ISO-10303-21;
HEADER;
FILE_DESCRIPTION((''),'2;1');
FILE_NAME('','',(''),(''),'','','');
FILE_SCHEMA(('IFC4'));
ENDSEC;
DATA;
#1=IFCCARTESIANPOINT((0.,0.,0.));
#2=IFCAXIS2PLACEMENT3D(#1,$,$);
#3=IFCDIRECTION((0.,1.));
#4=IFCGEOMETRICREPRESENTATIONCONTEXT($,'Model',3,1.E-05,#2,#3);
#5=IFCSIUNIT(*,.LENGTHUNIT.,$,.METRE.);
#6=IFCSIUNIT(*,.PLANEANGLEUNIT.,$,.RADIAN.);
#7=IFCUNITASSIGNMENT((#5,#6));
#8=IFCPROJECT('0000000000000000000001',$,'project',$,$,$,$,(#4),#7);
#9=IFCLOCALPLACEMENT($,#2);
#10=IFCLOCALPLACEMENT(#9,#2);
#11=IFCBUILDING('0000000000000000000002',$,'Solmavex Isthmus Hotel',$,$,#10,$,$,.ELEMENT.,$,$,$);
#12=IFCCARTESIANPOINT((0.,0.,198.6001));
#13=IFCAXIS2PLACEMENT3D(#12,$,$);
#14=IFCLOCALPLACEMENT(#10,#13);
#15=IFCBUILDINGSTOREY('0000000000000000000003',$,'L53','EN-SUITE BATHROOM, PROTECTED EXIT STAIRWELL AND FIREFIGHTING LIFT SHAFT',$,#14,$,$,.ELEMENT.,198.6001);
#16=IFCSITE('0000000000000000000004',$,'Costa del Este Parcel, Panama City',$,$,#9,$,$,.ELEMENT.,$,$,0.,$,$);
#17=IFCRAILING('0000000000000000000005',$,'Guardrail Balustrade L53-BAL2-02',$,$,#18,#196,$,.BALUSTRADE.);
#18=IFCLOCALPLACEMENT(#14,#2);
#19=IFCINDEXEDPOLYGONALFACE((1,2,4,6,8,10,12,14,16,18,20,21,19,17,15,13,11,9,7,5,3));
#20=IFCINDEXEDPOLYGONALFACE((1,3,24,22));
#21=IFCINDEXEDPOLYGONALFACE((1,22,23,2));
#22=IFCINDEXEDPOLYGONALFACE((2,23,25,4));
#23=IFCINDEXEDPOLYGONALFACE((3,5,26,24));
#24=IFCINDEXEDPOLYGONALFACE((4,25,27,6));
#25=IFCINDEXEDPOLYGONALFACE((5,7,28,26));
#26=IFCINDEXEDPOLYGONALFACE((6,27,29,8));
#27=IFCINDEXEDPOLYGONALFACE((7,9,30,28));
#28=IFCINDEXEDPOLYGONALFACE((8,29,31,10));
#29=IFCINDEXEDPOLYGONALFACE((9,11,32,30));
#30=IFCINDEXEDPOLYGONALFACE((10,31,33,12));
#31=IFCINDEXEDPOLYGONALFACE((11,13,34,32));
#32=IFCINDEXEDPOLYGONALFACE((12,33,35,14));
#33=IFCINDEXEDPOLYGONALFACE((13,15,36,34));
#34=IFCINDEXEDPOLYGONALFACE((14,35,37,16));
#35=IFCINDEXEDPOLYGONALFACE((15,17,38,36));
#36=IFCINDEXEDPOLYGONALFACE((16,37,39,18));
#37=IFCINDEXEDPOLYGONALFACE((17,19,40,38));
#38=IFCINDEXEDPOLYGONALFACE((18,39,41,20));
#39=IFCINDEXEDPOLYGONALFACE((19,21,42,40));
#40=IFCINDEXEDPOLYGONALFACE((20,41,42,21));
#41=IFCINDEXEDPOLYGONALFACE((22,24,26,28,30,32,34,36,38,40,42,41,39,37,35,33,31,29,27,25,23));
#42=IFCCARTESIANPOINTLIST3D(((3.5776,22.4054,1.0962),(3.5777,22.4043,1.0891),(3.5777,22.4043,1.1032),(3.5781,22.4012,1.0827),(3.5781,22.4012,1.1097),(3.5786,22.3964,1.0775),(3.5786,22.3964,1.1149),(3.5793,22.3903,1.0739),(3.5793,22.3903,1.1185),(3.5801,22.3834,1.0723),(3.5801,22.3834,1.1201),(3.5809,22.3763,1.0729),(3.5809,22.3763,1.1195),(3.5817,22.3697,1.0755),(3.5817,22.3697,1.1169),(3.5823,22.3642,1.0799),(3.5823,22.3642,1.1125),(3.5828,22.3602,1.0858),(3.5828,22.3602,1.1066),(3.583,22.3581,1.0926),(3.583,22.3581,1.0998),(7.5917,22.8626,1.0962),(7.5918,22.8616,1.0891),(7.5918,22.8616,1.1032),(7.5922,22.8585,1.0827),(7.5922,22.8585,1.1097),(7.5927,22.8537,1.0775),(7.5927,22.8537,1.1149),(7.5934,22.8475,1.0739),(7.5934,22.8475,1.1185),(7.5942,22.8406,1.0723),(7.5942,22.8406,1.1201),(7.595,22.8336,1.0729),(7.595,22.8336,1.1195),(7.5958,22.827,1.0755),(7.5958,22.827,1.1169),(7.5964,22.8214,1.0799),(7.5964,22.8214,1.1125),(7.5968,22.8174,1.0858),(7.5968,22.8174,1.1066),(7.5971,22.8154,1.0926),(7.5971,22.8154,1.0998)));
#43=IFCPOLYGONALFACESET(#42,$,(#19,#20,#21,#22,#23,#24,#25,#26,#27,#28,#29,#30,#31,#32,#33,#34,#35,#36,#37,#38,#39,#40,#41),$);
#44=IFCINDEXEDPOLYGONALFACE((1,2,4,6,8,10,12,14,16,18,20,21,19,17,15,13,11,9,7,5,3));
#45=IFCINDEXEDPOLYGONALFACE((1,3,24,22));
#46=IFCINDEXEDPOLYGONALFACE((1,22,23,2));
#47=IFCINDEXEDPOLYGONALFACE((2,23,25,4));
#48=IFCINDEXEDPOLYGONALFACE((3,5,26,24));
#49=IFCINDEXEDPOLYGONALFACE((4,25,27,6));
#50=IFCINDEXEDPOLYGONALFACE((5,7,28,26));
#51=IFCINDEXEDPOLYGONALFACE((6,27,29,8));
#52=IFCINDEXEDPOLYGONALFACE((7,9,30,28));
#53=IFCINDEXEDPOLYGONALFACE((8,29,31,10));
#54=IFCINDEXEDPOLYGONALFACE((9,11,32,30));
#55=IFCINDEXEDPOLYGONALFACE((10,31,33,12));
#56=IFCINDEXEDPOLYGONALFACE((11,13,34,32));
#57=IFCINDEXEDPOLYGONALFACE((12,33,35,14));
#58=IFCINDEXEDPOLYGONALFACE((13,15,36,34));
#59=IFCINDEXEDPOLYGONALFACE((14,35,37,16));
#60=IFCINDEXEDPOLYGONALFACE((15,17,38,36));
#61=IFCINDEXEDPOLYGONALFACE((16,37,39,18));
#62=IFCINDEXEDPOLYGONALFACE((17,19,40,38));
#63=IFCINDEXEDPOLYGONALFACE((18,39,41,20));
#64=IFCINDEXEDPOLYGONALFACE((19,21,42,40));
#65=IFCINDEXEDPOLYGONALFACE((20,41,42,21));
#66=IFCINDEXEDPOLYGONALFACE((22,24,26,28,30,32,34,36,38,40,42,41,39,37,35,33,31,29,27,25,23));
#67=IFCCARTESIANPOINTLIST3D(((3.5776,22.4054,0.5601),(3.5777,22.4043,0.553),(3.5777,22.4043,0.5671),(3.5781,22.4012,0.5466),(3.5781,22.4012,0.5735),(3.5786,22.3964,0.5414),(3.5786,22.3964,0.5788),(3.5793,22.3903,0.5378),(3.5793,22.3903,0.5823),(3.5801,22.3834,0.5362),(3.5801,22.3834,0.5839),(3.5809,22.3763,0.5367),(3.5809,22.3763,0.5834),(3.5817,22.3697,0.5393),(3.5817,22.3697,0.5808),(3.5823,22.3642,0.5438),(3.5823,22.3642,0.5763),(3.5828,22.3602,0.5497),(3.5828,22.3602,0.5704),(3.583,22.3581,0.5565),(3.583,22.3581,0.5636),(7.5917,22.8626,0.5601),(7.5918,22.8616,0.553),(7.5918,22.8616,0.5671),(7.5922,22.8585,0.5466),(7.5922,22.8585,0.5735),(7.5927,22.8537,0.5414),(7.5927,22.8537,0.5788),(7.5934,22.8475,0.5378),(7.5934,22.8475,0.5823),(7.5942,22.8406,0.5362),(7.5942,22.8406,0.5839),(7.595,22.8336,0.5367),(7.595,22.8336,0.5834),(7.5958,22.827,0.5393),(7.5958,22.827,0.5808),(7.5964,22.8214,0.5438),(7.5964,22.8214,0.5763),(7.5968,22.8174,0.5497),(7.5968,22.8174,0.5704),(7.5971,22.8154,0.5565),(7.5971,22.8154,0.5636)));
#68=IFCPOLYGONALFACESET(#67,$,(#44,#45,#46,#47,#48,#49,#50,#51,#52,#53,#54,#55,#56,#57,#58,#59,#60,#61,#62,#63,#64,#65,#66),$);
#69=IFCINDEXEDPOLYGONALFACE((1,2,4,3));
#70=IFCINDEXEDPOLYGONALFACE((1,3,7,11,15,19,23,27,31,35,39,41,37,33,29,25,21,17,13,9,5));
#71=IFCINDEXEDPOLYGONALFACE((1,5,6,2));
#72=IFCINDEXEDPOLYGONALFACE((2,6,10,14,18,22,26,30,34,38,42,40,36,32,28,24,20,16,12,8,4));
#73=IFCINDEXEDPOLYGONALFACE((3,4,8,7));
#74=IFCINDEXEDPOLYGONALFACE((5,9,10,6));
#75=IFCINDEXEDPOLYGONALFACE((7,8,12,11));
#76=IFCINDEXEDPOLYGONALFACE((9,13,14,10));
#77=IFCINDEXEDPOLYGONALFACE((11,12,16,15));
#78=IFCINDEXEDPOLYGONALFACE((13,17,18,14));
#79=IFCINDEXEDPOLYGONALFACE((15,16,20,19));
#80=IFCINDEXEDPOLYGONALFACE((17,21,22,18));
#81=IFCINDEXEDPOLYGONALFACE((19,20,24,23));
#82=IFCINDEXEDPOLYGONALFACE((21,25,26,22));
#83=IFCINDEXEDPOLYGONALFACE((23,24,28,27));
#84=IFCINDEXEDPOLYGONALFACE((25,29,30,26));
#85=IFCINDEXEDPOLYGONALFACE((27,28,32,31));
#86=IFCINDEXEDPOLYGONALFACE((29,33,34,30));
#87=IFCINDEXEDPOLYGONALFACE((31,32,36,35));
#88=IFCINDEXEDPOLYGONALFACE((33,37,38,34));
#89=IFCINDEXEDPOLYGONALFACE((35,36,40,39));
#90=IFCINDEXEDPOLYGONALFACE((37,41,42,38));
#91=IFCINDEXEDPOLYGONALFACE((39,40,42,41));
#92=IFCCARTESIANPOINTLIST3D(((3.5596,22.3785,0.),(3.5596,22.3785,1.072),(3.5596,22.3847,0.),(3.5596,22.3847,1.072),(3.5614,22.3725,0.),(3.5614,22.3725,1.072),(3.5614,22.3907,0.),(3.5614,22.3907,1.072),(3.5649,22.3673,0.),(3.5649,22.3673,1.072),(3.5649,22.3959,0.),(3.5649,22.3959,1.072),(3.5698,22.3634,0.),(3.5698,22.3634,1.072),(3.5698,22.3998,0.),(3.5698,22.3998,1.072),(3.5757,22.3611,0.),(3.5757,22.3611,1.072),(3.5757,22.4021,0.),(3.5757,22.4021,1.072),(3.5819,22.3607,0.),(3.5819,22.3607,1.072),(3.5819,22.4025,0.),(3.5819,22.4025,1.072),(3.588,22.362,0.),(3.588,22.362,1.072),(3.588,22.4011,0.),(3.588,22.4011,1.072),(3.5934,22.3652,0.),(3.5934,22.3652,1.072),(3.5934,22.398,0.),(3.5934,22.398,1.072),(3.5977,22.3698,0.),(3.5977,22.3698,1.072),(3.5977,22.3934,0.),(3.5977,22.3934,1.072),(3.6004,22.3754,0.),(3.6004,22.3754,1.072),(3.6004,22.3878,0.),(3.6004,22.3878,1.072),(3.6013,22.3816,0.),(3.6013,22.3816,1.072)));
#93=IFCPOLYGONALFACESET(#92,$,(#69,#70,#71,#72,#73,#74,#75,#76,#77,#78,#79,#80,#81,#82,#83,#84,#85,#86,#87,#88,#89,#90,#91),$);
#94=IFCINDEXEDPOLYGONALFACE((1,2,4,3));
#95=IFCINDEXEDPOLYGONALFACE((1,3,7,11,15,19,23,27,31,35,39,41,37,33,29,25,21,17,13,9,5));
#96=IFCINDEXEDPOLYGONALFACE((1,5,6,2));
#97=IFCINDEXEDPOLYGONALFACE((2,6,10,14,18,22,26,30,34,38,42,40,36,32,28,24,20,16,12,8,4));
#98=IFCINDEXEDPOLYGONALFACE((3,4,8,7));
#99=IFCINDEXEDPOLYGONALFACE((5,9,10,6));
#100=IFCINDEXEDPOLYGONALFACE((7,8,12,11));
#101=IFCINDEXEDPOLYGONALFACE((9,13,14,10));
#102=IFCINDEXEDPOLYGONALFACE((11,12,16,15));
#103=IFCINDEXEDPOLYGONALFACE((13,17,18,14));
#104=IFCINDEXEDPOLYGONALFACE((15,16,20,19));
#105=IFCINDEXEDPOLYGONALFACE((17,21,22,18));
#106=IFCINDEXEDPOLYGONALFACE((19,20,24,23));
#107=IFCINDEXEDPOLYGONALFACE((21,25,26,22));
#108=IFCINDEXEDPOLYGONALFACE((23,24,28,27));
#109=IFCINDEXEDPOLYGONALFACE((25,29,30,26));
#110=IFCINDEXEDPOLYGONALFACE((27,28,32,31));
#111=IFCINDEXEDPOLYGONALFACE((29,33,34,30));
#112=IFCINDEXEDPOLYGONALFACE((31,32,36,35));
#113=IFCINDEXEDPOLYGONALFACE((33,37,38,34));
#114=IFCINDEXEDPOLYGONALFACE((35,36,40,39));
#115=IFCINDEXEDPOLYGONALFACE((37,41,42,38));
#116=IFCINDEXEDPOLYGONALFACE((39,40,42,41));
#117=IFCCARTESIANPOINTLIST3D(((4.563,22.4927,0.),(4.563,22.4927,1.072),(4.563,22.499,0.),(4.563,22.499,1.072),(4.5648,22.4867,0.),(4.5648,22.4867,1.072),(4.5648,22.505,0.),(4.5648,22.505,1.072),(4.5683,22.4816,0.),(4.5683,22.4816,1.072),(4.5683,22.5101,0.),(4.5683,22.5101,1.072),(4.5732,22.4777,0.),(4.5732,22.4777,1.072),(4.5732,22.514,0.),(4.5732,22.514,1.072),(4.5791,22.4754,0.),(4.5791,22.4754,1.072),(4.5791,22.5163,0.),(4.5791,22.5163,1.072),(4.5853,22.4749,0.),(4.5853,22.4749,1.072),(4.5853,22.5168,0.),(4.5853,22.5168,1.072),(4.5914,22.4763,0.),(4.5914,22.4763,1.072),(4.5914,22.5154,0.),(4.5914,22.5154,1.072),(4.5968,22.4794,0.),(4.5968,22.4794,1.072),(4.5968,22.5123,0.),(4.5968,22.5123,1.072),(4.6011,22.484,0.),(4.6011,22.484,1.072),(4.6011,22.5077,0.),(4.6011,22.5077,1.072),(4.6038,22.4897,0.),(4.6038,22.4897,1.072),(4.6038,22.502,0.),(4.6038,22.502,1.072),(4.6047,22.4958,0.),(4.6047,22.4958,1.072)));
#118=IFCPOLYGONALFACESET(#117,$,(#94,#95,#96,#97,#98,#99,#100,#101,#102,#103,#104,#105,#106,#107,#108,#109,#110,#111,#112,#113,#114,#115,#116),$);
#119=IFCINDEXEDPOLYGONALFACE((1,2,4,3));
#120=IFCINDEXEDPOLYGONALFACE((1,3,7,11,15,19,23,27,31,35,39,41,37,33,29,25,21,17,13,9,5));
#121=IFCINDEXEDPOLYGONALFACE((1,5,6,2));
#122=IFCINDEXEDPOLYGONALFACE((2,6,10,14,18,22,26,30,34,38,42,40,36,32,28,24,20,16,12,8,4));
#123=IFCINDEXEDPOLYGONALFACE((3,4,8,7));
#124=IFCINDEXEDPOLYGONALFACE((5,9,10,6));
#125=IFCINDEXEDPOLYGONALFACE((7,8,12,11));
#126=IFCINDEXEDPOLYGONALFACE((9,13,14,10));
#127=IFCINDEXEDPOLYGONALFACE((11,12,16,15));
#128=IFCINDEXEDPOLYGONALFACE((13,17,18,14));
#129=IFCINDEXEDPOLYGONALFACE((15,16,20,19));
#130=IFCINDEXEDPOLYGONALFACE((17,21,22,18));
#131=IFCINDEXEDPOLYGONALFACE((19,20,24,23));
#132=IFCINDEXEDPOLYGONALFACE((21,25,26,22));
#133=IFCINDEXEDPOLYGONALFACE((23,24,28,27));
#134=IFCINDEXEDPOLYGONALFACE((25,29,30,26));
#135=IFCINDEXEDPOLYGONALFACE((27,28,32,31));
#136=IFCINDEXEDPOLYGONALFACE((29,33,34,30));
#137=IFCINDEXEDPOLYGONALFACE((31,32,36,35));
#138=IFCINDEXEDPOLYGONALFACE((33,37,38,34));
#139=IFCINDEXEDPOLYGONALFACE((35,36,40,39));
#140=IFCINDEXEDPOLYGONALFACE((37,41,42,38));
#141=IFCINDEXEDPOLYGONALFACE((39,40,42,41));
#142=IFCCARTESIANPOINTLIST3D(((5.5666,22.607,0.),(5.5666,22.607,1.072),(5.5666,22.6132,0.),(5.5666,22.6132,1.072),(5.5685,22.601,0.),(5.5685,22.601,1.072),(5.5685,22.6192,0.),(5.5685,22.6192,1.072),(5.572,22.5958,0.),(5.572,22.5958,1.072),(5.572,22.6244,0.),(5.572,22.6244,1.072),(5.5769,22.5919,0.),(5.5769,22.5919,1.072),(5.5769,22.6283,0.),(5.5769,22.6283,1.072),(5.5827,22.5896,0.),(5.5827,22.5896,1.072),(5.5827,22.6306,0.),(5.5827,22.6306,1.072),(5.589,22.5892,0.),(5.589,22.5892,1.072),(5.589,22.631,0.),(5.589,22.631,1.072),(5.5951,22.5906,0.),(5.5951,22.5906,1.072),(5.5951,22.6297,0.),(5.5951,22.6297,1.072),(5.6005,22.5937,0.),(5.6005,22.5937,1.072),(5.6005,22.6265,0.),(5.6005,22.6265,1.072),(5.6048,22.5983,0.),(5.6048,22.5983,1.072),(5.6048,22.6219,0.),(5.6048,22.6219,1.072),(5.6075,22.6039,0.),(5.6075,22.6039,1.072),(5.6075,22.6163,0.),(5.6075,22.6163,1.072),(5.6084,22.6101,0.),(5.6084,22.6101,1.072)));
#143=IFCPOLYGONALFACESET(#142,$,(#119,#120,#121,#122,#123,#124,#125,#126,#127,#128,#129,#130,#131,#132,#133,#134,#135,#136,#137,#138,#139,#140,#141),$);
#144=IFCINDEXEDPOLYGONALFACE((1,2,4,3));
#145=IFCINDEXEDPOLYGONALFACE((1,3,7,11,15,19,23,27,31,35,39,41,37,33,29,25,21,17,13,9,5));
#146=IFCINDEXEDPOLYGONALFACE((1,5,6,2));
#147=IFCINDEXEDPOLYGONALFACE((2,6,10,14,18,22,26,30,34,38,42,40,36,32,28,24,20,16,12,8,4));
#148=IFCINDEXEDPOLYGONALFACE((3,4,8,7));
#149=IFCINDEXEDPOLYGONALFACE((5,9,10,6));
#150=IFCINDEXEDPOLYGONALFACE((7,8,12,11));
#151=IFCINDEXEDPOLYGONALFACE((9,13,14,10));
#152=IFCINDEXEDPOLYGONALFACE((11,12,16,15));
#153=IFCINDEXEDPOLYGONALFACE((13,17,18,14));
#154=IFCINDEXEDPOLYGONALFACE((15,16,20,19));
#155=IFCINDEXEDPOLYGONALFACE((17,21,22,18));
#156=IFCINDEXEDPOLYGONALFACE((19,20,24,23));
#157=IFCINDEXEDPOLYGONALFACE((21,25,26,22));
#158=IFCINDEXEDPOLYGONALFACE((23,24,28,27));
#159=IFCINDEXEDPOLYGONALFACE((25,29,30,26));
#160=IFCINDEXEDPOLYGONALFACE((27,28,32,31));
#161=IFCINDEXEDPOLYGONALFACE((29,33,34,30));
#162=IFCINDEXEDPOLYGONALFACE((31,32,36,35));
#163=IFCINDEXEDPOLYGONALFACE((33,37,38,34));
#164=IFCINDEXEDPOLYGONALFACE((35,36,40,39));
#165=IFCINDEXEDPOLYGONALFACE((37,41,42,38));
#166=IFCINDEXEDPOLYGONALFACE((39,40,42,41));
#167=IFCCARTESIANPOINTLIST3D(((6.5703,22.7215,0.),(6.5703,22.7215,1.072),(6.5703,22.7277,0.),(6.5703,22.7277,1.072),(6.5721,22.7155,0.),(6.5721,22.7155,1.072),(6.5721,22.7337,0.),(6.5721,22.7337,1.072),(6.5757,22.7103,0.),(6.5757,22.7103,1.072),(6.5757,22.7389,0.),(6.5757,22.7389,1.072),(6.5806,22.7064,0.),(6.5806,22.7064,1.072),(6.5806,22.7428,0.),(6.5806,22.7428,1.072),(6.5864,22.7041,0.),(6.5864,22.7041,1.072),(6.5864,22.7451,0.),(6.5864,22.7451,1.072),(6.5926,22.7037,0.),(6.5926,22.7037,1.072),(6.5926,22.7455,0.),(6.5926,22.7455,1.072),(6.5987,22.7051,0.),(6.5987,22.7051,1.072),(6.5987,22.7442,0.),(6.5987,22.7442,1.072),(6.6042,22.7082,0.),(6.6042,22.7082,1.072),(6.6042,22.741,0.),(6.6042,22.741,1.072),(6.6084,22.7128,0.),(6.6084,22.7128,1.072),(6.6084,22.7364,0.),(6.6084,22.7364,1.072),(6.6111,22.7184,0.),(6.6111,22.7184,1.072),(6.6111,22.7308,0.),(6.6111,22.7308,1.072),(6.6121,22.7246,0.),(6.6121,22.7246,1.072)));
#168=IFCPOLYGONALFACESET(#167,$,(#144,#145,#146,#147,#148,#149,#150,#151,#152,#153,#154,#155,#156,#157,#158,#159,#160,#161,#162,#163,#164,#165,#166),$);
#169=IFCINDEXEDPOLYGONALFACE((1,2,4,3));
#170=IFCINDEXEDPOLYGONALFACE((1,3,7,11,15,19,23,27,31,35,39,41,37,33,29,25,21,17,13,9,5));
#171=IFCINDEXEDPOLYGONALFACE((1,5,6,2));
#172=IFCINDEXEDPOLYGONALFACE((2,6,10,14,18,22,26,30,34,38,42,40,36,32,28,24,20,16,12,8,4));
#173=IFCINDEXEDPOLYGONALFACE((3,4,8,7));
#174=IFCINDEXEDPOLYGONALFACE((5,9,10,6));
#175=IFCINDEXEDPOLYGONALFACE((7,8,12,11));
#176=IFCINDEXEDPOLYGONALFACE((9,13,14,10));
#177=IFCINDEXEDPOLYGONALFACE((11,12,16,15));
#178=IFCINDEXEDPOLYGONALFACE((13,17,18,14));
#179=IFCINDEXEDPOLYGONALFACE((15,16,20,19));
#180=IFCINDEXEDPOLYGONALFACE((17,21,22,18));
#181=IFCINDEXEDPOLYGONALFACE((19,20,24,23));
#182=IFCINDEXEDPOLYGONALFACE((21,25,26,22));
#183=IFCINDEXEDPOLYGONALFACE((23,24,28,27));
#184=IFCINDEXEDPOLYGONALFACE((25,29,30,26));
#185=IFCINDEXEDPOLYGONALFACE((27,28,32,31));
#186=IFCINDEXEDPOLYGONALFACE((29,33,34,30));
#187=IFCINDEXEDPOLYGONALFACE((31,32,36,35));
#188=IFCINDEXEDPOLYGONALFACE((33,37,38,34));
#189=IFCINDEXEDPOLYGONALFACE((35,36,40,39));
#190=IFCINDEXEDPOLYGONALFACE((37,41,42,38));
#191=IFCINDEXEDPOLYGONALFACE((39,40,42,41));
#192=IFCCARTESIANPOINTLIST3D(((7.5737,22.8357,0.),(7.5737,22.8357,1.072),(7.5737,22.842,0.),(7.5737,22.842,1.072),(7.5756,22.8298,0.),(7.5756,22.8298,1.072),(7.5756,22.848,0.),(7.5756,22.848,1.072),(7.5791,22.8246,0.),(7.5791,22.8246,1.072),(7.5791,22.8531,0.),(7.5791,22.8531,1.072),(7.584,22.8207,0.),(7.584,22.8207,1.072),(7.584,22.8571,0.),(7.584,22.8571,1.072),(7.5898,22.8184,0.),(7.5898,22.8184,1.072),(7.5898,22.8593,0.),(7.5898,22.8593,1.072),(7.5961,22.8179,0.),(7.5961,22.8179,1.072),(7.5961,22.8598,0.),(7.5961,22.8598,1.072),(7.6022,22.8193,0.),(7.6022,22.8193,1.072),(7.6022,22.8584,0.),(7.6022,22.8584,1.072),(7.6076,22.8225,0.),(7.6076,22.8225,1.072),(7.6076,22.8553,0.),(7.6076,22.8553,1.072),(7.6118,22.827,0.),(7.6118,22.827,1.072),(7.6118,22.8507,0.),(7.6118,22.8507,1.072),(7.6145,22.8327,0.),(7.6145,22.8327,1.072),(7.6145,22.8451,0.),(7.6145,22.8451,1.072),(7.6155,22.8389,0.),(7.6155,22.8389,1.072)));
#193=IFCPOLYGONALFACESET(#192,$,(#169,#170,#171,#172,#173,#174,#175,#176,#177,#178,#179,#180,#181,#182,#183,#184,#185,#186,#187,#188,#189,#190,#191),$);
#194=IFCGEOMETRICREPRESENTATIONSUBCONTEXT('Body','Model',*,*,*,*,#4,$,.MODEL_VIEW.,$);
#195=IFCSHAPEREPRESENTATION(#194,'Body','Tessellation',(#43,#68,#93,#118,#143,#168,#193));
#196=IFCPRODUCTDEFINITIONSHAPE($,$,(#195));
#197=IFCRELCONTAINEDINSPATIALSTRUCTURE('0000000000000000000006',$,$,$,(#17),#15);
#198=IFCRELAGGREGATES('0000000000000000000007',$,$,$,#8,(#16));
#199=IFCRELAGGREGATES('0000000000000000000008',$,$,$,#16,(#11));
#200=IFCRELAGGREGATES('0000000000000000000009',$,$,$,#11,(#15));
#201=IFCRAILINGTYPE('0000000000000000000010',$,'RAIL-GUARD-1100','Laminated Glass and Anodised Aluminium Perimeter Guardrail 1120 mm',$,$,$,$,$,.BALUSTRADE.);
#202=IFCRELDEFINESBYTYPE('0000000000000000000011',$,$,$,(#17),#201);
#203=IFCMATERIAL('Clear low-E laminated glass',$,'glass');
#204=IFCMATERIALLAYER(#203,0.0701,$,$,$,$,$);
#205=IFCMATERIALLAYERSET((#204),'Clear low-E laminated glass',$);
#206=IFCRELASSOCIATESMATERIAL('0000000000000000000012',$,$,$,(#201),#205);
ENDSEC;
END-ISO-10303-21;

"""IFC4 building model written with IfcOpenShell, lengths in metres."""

from ifc_helpers import new_model, si_unit, direction, frame, origin, origin_2d, place, context, subcontext, project, spatial, circle, extrude, material, layer, layer_set, type_object, element, save


model = new_model("IFC4")

# Units and contexts
model_context = context("Model", 3, precision=1e-05, world=origin(), true_north=direction((0.0, 1.0)))
body_context = subcontext(model_context, "Body", "Model", "MODEL_VIEW")
ifc_project = project(units=[si_unit("LENGTHUNIT", "METRE"), si_unit("PLANEANGLEUNIT", "RADIAN")], contexts=[model_context])

# Site, building, storey
site_placement = place(None, origin())
site = spatial("IfcSite", under=ifc_project, at=site_placement, Name="Costa del Este Parcel, Panama City", CompositionType="ELEMENT", RefElevation=0.0)
building_placement = place(site_placement, origin())
building = spatial("IfcBuilding", under=site, at=building_placement, Name="Solmavex Isthmus Hotel", CompositionType="ELEMENT")
storey_placement = place(building_placement, frame((0.0, 0.0, 198.6001)))
storey = spatial("IfcBuildingStorey", under=building, at=storey_placement, Name="L53", Description="EN-SUITE BATHROOM, PROTECTED EXIT STAIRWELL AND FIREFIGHTING LIFT SHAFT", CompositionType="ELEMENT", Elevation=198.6001)

# Shared definitions
ifc_material_1 = material(Name="Clear low-E laminated glass", Category="glass")

# Railing
ifc_layer_1 = layer(ifc_material_1, 0.0701)
ifc_layer_set_1 = layer_set([ifc_layer_1], Name="Clear low-E laminated glass")
railing_type = type_object("IfcRailingType", Name="RAIL-GUARD-1100", Description="Laminated Glass and Anodised Aluminium Perimeter Guardrail 1120 mm", PredefinedType="BALUSTRADE", material=ifc_layer_set_1)
railing_1_placement = place(storey_placement, frame((3.5803, 22.3816, 0.0)))
element("IfcRailing", 1, at=railing_1_placement, inside=storey, type_object=railing_type, Name="Guardrail Balustrade L53-BAL2-02", PredefinedType="BALUSTRADE", context=body_context, shape_type="SweptSolid", body=[
    extrude(circle(Radius=0.0239, at=origin_2d()), frame((0.0, 0.0, 1.0962), z_axis=(0.993574, 0.113184, 0.0), x_axis=(-0.113184, 0.993574, 0.0)), (0.0, 0.0, 1.0), 4.04),
    extrude(circle(Radius=0.0239, at=origin_2d()), frame((0.0, 0.0, 0.5601), z_axis=(0.993574, 0.113184, 0.0), x_axis=(-0.113184, 0.993574, 0.0)), (0.0, 0.0, 1.0), 4.04),
    extrude(circle(Radius=0.021, at=origin_2d()), origin(), (0.0, 0.0, 1.0), 1.072),
    extrude(circle(Radius=0.021, at=origin_2d()), frame((1.0034, 0.1143, 0.0)), (0.0, 0.0, 1.0), 1.072),
    extrude(circle(Radius=0.021, at=origin_2d()), frame((2.0071, 0.2285, 0.0)), (0.0, 0.0, 1.0), 1.072),
    extrude(circle(Radius=0.021, at=origin_2d()), frame((3.0107, 0.343, 0.0)), (0.0, 0.0, 1.0), 1.072),
    extrude(circle(Radius=0.021, at=origin_2d()), frame((4.0142, 0.4573, 0.0)), (0.0, 0.0, 1.0), 1.072),
])

save(model, "model.ifc")
